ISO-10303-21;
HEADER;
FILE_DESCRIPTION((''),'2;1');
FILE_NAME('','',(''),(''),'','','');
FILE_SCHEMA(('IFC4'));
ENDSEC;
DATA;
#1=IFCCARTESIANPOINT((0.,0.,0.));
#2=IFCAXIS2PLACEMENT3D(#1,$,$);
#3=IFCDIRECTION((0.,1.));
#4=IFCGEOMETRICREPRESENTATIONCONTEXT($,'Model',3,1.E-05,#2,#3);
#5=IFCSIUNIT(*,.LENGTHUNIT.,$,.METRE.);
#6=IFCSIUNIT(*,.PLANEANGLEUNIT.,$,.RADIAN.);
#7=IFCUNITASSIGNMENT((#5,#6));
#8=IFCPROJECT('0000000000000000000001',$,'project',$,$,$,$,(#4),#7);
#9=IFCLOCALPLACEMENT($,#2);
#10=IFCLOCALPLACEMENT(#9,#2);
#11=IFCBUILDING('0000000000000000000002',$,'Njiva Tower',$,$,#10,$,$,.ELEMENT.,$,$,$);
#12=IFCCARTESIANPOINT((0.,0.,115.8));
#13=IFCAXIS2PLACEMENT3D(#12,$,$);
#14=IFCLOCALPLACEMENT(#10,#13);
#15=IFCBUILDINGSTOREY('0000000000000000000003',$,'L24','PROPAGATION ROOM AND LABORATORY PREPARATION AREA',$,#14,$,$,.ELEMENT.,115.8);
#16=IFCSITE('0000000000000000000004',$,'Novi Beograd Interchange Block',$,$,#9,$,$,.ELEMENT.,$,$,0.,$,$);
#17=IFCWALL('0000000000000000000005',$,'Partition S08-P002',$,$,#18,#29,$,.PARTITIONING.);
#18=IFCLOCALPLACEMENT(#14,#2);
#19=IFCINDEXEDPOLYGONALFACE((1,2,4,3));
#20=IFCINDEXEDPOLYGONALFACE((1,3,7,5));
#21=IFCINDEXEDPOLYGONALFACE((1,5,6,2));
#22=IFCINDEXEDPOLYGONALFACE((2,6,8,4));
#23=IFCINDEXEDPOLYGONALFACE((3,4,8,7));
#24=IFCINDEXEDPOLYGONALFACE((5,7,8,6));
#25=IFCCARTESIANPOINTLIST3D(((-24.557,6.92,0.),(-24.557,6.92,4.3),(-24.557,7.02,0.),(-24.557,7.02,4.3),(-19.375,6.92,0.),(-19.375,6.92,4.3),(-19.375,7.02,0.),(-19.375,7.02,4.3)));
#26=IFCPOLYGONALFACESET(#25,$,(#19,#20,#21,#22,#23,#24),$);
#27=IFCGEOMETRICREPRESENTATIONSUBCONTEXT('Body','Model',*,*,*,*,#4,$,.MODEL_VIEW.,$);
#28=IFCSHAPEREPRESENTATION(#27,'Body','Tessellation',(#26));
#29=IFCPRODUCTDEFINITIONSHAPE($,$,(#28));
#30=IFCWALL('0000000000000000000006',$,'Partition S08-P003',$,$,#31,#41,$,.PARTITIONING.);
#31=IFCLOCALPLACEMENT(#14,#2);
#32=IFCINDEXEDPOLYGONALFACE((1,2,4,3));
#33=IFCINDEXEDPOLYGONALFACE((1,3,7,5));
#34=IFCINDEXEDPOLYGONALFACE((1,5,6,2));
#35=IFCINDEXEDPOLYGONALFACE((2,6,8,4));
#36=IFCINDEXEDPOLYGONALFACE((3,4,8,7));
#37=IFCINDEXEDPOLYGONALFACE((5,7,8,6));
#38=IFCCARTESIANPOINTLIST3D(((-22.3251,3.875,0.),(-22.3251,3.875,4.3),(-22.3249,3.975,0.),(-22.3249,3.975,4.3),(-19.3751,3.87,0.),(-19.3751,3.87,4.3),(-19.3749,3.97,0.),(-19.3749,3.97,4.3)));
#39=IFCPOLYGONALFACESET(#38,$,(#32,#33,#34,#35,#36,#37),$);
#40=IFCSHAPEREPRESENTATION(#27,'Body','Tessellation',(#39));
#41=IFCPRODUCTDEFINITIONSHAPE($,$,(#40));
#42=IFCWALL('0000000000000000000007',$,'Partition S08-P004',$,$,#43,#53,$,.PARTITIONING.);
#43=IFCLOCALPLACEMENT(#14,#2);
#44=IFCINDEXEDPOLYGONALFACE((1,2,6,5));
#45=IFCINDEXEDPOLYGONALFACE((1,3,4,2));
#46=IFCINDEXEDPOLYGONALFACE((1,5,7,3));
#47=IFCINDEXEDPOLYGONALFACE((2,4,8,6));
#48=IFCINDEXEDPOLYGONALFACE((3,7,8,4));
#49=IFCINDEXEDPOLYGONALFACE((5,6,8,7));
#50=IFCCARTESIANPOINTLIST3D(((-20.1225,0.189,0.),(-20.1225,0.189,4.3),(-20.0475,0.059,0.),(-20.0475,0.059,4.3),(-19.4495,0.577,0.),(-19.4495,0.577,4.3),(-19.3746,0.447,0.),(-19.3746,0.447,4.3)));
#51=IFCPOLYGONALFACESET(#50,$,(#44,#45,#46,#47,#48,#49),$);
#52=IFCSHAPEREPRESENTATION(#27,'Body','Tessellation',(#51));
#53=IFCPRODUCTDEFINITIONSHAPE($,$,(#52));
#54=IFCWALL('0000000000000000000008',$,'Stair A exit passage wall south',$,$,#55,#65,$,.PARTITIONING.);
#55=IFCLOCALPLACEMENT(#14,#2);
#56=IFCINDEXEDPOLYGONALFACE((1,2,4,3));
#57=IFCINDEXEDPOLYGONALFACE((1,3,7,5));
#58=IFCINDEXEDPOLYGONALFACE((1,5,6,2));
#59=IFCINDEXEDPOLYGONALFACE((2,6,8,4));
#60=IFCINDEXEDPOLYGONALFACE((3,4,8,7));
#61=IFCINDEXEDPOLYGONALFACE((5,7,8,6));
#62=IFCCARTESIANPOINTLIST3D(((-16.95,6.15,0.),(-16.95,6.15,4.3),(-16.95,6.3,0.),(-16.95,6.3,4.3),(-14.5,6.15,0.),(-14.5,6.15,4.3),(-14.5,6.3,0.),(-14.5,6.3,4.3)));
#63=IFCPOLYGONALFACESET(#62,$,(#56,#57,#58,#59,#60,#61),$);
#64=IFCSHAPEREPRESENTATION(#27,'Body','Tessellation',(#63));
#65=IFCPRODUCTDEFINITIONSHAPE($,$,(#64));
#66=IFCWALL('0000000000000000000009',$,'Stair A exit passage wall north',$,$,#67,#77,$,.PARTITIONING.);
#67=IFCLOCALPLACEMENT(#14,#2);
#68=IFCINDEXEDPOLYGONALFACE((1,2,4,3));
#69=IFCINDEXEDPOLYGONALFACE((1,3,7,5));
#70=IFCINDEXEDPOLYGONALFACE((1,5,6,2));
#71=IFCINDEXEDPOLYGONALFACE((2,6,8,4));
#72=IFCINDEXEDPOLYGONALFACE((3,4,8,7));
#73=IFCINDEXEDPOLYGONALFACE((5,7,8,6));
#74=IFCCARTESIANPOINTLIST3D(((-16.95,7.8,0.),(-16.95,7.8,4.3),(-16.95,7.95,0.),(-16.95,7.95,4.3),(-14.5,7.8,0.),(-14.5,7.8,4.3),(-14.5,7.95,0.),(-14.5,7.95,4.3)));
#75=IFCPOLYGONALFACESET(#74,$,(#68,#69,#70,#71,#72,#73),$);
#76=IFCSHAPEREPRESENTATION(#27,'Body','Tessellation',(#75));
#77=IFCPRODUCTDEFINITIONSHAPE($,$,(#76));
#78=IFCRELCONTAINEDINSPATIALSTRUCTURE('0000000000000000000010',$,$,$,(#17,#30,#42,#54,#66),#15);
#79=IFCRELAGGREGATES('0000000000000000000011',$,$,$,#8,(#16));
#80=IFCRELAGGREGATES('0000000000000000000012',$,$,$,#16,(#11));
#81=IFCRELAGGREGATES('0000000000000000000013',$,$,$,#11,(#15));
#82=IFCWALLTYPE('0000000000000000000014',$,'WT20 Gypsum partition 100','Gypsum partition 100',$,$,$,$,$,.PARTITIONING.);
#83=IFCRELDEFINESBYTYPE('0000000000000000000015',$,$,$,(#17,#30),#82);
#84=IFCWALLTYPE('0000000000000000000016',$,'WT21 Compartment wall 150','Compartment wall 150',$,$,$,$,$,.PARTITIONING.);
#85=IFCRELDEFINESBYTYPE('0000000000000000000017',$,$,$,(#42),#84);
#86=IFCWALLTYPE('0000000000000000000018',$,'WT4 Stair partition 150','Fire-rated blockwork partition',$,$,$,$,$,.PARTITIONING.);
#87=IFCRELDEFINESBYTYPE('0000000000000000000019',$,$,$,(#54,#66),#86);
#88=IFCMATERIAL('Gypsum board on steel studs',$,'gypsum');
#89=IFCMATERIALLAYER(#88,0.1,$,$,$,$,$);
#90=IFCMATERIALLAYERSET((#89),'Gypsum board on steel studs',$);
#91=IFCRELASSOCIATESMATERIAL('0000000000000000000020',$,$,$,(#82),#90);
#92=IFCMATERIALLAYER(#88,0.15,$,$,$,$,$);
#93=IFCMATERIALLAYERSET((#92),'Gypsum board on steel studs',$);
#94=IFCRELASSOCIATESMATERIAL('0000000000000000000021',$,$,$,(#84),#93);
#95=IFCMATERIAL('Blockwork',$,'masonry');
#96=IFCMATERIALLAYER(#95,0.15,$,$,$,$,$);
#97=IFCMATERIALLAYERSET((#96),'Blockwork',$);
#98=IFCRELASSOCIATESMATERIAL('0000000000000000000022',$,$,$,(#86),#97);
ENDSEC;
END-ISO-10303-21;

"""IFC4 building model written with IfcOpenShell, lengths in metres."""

from ifc_helpers import new_model, si_unit, direction, frame, frame_2d, origin, place, context, subcontext, project, spatial, rectangle, extrude, material, layer, layer_set, type_object, element, save


model = new_model("IFC4")

# Units and contexts
model_context = context("Model", 3, precision=1e-05, world=origin(), true_north=direction((0.0, 1.0)))
body_context = subcontext(model_context, "Body", "Model", "MODEL_VIEW")
ifc_project = project(units=[si_unit("LENGTHUNIT", "METRE"), si_unit("PLANEANGLEUNIT", "RADIAN")], contexts=[model_context])

# Site, building, storey
site_placement = place(None, origin())
site = spatial("IfcSite", under=ifc_project, at=site_placement, Name="Novi Beograd Interchange Block", CompositionType="ELEMENT", RefElevation=0.0)
building_placement = place(site_placement, origin())
building = spatial("IfcBuilding", under=site, at=building_placement, Name="Njiva Tower", CompositionType="ELEMENT")
storey_placement = place(building_placement, frame((0.0, 0.0, 115.8)))
storey = spatial("IfcBuildingStorey", under=building, at=storey_placement, Name="L24", Description="PROPAGATION ROOM AND LABORATORY PREPARATION AREA", CompositionType="ELEMENT", Elevation=115.8)

# Shared definitions
ifc_material_1 = material(Name="Blockwork", Category="masonry")

# Walls
ifc_material_2 = material(Name="Gypsum board on steel studs", Category="gypsum")
ifc_layer_1 = layer(ifc_material_2, 0.1)
ifc_layer_set_1 = layer_set([ifc_layer_1], Name="Gypsum board on steel studs")
wall_type_1 = type_object("IfcWallType", Name="WT20 Gypsum partition 100", Description="Gypsum partition 100", PredefinedType="PARTITIONING", material=ifc_layer_set_1)
wall_1_placement = place(storey_placement, frame((-24.557, 6.97, 0.0), z_axis=(0.0, 0.0, 1.0), x_axis=(1.0, 0.0, 0.0)))
element("IfcWall", 1, at=wall_1_placement, inside=storey, type_object=wall_type_1, Name="Partition S08-P002", PredefinedType="PARTITIONING", context=body_context, shape_type="SweptSolid", body=[
    extrude(rectangle(XDim=5.182, YDim=0.1, at=frame_2d((2.591, 0.0))), origin(), (0.0, 0.0, 1.0), 4.3),
])
wall_2_placement = place(storey_placement, frame((-22.325, 3.925, 0.0), z_axis=(0.0, 0.0, 1.0), x_axis=(0.999999, -0.001695, 0.0)))
element("IfcWall", 2, at=wall_2_placement, inside=storey, type_object=wall_type_1, Name="Partition S08-P003", PredefinedType="PARTITIONING", context=body_context, shape_type="SweptSolid", body=[
    extrude(rectangle(XDim=2.95, YDim=0.1, at=frame_2d((1.475, 0.0))), origin(), (0.0, 0.0, 1.0), 4.3),
])
ifc_layer_2 = layer(ifc_material_2, 0.15)
ifc_layer_set_2 = layer_set([ifc_layer_2], Name="Gypsum board on steel studs")
wall_type_2 = type_object("IfcWallType", Name="WT21 Compartment wall 150", Description="Compartment wall 150", PredefinedType="PARTITIONING", material=ifc_layer_set_2)
wall_3_placement = place(storey_placement, frame((-20.085, 0.124, 0.0), z_axis=(0.0, 0.0, 1.0), x_axis=(0.866336, 0.499462, 0.0)))
element("IfcWall", 3, at=wall_3_placement, inside=storey, type_object=wall_type_2, Name="Partition S08-P004", PredefinedType="PARTITIONING", context=body_context, shape_type="SweptSolid", body=[
    extrude(rectangle(XDim=0.7768, YDim=0.15, at=frame_2d((0.3884, 0.0))), origin(), (0.0, 0.0, 1.0), 4.3),
])
ifc_layer_3 = layer(ifc_material_1, 0.15)
ifc_layer_set_3 = layer_set([ifc_layer_3], Name="Blockwork")
wall_type_3 = type_object("IfcWallType", Name="WT4 Stair partition 150", Description="Fire-rated blockwork partition", PredefinedType="PARTITIONING", material=ifc_layer_set_3)
for number, where, z_axis, x_axis, name in (
    (4, (-16.95, 6.225, 0.0), (0.0, 0.0, 1.0), (1.0, 0.0, 0.0), "Stair A exit passage wall south"),
    (5, (-16.95, 7.875, 0.0), (0.0, 0.0, 1.0), (1.0, 0.0, 0.0), "Stair A exit passage wall north"),
):
    element("IfcWall", number, at=place(storey_placement, frame(where, z_axis=z_axis, x_axis=x_axis)), inside=storey, type_object=wall_type_3, Name=name, PredefinedType="PARTITIONING", context=body_context, shape_type="SweptSolid", body=[
        extrude(rectangle(XDim=2.45, YDim=0.15, at=frame_2d((1.225, 0.0))), origin(), (0.0, 0.0, 1.0), 4.3),
    ])

save(model, "model.ifc")
